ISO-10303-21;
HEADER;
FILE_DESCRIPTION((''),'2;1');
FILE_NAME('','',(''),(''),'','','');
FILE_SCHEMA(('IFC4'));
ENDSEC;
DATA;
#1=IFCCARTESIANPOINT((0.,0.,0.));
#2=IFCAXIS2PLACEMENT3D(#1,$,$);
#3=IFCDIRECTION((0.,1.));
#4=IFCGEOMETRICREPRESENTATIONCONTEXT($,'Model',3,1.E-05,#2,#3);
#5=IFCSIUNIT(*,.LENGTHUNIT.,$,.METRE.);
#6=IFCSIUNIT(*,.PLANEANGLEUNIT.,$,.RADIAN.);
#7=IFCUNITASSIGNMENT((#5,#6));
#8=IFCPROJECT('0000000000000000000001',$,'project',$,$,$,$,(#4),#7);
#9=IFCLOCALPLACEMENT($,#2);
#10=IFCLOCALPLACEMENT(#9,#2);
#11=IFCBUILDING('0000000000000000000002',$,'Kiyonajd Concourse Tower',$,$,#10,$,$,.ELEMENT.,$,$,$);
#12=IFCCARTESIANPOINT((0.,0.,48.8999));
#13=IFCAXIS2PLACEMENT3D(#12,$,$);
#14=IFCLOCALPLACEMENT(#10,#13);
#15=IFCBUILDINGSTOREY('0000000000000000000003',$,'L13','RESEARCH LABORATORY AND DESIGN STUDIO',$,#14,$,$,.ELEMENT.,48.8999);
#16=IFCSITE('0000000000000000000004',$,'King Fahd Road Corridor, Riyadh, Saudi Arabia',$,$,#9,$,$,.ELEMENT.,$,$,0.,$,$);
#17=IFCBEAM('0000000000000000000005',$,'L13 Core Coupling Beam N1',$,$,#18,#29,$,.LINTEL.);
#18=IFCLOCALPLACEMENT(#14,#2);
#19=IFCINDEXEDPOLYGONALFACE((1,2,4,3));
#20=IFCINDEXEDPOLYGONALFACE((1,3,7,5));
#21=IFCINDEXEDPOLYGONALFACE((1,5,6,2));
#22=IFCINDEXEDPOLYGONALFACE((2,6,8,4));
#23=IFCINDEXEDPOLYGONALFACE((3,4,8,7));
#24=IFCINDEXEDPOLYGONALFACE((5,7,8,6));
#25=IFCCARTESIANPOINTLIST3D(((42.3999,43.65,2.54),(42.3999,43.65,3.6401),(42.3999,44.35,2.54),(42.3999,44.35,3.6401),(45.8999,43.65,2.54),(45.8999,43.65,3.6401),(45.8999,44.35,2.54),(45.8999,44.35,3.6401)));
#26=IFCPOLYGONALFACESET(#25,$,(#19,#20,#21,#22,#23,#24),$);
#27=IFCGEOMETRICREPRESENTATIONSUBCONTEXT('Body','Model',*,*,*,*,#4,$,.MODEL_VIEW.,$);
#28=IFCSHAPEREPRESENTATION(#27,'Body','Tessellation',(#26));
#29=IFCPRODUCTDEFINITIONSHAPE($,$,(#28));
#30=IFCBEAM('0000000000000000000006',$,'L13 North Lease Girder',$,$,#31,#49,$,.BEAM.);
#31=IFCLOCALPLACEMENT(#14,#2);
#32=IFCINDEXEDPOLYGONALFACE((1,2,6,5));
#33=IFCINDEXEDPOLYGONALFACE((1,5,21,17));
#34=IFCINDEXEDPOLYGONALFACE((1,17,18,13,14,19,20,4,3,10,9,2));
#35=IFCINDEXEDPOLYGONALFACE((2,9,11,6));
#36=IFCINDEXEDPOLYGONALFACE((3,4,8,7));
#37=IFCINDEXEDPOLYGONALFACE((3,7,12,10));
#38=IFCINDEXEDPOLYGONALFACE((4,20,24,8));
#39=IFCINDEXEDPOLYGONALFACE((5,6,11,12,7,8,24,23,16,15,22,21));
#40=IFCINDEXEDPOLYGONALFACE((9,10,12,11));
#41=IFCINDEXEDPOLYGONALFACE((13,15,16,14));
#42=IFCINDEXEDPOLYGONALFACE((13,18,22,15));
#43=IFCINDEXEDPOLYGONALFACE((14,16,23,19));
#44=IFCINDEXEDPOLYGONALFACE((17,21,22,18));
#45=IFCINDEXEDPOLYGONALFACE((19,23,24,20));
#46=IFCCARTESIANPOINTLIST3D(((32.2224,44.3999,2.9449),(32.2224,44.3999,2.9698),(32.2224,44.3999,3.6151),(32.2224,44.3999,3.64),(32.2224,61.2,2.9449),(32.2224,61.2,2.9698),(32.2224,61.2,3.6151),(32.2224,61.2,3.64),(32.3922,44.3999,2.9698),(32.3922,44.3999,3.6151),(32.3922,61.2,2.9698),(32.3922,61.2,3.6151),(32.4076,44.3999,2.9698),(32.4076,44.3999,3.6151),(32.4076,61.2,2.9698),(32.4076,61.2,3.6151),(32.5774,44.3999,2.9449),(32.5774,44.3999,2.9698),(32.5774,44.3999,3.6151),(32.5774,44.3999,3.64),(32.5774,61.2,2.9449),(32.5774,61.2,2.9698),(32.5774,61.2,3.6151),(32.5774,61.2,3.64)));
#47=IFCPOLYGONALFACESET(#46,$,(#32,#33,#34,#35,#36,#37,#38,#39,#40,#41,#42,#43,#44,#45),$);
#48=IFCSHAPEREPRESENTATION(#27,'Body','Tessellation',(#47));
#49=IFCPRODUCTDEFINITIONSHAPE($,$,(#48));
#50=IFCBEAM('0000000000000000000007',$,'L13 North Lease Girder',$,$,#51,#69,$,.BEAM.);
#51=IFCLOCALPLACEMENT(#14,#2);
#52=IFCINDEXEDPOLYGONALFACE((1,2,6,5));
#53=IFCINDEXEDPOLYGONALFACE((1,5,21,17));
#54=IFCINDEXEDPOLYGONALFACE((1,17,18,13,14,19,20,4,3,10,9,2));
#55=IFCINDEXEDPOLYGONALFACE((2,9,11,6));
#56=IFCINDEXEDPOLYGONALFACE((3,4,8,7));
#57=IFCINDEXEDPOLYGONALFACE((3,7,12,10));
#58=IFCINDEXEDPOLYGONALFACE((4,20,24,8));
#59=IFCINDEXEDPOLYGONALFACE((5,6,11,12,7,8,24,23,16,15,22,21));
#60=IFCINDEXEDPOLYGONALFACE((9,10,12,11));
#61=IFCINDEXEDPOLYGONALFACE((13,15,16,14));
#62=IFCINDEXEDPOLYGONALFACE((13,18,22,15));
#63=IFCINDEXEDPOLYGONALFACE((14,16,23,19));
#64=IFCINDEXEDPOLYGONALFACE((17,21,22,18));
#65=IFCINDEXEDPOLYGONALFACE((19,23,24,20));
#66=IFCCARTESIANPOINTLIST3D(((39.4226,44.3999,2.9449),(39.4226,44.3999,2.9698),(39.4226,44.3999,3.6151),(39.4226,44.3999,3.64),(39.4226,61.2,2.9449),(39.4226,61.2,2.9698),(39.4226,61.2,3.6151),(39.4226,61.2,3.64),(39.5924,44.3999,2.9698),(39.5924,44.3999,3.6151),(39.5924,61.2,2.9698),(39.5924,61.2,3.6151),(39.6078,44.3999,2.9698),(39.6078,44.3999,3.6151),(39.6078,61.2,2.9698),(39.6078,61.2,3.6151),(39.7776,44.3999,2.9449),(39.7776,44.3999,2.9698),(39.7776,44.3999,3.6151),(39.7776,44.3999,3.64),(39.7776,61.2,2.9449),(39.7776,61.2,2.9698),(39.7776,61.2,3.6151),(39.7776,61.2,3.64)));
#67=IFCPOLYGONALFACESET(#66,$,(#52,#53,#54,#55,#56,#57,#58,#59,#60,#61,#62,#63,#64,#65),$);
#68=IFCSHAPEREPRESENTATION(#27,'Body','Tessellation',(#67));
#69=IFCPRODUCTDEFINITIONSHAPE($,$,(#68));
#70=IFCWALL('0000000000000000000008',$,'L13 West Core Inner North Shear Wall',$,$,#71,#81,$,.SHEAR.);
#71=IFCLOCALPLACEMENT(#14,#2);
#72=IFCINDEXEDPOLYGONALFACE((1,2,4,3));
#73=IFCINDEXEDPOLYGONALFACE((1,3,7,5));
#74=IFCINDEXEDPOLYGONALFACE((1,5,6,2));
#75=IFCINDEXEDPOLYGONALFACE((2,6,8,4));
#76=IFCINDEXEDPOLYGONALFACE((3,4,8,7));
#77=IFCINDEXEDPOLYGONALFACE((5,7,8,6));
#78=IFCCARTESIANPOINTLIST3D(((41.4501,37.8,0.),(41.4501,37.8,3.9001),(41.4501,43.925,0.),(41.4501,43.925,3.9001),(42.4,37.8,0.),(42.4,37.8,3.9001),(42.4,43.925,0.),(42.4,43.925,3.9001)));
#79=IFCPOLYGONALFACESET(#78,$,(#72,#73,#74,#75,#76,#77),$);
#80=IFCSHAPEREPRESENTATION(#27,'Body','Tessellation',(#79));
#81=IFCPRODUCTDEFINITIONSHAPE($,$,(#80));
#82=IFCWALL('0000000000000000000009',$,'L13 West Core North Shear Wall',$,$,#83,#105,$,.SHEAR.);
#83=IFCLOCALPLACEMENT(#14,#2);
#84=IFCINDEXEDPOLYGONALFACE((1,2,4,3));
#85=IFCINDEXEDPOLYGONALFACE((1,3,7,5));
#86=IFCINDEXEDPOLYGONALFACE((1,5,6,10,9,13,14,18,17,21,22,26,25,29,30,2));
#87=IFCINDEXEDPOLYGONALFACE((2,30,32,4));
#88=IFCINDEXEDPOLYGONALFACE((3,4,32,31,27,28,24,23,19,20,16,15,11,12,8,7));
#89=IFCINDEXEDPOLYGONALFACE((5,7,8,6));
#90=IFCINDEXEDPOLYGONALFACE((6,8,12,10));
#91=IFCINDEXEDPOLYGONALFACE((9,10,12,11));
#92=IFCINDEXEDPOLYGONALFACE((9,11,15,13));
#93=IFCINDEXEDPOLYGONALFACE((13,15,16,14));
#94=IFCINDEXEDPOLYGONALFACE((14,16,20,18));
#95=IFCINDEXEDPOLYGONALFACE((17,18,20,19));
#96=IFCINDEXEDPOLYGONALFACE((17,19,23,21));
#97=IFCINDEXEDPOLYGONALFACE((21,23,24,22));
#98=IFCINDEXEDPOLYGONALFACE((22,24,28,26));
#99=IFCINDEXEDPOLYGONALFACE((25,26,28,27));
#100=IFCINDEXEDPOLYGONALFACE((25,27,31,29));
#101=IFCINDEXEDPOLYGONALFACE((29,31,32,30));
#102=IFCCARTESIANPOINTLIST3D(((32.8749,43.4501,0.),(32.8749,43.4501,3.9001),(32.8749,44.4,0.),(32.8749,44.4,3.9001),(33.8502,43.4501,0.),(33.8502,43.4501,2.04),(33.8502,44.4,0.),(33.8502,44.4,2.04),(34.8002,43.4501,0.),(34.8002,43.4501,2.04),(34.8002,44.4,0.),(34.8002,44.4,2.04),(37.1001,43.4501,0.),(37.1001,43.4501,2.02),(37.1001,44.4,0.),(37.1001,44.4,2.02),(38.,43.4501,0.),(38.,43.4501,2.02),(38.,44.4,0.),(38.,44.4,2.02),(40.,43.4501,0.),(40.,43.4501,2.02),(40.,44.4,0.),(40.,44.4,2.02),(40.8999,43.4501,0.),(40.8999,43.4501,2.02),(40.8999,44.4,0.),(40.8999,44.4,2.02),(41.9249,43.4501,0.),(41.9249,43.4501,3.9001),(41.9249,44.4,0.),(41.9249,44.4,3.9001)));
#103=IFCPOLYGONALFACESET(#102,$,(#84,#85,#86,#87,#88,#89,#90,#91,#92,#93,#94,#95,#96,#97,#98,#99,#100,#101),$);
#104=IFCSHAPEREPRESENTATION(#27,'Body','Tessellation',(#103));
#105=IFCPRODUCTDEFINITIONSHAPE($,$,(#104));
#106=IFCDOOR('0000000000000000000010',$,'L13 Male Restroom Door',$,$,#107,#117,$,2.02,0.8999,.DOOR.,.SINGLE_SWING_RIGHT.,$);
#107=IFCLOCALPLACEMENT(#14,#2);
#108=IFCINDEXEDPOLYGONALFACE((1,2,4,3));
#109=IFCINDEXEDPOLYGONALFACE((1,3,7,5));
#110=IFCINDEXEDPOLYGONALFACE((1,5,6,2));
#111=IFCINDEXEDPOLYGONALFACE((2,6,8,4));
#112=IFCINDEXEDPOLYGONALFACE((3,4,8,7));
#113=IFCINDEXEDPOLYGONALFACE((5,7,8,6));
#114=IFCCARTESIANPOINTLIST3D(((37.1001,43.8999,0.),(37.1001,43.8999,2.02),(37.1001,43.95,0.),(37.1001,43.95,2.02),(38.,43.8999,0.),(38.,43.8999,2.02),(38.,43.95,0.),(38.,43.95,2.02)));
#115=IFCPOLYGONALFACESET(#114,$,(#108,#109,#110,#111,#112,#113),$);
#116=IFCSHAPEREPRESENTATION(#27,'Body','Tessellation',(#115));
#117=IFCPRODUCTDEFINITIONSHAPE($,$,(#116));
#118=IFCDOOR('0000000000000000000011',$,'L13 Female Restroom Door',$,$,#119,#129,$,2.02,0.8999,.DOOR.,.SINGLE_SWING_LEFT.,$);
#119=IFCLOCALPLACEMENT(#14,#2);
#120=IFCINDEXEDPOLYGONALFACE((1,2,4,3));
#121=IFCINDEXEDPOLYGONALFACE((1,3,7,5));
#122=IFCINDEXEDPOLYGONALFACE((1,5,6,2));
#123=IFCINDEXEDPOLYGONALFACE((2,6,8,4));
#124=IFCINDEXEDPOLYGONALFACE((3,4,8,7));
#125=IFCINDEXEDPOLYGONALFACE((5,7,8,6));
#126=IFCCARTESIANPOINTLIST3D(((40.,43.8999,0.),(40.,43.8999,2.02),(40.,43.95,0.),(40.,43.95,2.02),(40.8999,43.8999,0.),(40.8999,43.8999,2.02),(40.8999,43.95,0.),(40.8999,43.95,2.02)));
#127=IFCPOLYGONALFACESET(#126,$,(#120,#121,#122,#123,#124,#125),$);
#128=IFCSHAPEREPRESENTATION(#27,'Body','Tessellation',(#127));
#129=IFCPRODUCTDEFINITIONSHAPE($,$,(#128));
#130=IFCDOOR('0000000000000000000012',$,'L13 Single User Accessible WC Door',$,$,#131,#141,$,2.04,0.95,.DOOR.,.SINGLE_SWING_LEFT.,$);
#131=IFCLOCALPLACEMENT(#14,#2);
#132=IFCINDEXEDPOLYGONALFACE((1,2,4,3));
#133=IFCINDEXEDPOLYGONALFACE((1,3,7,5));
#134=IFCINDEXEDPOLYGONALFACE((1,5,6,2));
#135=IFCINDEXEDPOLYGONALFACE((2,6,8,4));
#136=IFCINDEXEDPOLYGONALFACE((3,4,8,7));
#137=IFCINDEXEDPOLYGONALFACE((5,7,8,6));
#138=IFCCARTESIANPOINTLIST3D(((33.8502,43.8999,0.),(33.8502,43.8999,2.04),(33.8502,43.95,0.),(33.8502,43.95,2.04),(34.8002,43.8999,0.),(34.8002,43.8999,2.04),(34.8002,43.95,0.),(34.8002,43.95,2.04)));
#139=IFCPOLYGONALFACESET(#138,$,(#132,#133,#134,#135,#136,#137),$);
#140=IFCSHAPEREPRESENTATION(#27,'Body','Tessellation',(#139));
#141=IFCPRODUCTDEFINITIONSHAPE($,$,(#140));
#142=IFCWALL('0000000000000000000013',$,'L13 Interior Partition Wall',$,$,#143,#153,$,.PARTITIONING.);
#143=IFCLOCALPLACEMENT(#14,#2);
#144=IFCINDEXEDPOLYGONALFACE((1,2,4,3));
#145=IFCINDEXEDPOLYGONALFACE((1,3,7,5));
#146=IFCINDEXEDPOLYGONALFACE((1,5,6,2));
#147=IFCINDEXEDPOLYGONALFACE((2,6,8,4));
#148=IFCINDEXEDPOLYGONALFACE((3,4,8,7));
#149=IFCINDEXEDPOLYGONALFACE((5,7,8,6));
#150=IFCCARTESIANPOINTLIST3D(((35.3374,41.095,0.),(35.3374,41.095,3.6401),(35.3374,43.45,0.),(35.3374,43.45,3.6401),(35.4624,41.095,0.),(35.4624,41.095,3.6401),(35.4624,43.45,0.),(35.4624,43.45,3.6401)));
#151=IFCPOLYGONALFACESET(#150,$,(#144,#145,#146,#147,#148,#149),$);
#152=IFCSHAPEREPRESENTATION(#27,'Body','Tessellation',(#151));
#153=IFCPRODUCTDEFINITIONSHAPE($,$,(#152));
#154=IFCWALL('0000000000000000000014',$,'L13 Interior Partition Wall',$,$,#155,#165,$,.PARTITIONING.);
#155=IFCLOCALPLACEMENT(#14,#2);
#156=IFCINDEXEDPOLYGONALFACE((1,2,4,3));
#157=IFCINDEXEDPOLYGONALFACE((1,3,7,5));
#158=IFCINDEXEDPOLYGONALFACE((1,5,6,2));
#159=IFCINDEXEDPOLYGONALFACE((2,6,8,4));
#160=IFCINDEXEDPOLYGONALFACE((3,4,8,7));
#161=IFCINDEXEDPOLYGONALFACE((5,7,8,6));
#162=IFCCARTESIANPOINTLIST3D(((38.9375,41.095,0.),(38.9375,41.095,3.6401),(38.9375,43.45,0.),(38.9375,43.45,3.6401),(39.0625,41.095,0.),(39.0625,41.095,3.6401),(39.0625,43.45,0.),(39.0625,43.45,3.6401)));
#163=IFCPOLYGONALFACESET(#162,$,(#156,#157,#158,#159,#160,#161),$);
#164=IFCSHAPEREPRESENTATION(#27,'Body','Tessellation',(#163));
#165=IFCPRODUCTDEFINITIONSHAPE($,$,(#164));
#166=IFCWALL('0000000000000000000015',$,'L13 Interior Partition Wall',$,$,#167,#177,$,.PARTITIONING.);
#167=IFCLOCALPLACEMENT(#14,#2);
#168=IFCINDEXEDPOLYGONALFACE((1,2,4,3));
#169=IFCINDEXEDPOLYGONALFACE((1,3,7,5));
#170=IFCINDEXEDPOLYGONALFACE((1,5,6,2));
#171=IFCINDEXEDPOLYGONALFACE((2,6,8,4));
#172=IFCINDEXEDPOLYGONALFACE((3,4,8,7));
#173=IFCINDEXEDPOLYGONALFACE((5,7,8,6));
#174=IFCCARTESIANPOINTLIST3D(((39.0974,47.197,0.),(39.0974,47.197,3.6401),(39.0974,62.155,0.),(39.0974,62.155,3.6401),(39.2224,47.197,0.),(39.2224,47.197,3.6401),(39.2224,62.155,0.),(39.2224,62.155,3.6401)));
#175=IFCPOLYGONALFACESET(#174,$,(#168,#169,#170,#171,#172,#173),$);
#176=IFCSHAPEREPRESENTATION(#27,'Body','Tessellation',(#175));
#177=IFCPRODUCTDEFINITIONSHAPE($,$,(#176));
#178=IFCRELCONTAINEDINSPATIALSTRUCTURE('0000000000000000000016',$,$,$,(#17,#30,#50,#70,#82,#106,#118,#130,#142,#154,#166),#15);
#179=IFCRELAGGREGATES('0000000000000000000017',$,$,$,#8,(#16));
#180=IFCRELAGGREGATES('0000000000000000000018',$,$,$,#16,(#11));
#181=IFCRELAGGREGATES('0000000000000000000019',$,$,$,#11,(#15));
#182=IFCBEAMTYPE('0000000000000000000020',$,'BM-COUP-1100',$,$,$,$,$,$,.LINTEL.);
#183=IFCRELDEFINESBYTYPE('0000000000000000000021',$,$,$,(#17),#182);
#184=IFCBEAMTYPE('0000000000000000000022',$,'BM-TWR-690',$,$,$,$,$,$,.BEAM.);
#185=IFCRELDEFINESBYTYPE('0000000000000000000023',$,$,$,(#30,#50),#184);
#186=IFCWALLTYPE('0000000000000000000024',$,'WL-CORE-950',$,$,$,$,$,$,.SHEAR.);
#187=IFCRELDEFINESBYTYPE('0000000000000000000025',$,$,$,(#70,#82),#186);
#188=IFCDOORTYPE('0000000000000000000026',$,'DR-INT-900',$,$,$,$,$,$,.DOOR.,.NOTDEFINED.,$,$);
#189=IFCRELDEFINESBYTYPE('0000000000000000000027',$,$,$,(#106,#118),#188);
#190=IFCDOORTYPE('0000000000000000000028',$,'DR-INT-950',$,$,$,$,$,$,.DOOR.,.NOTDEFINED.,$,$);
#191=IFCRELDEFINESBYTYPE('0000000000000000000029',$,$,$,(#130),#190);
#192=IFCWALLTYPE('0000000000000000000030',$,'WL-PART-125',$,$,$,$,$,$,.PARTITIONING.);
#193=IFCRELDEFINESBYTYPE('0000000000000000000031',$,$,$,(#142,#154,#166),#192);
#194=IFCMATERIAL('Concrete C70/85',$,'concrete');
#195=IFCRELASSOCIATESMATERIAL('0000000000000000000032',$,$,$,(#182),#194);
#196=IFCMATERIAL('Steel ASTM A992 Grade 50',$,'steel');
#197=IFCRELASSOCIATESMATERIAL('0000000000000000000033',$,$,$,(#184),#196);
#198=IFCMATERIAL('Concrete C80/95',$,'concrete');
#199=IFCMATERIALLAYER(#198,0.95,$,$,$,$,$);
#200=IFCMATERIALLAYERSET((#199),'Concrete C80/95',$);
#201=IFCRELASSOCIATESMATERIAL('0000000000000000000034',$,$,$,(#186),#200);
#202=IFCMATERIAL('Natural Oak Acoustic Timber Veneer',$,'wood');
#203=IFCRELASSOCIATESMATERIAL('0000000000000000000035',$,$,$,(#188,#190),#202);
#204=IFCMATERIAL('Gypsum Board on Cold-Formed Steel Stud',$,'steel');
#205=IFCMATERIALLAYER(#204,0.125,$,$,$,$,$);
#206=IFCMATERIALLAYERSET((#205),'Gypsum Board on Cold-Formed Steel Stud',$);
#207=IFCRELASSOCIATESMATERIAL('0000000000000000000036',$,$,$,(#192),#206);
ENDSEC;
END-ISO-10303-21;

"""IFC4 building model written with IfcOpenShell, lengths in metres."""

from ifc_helpers import new_model, si_unit, direction, frame, frame_2d, origin, origin_2d, place, context, subcontext, project, spatial, rectangle, i_section, extrude, material, layer, layer_set, material_profile, profile_set, type_object, element, fill, save


model = new_model("IFC4")

# Units and contexts
model_context = context("Model", 3, precision=1e-05, world=origin(), true_north=direction((0.0, 1.0)))
body_context = subcontext(model_context, "Body", "Model", "MODEL_VIEW")
ifc_project = project(units=[si_unit("LENGTHUNIT", "METRE"), si_unit("PLANEANGLEUNIT", "RADIAN")], contexts=[model_context])

# Site, building, storey
site_placement = place(None, origin())
site = spatial("IfcSite", under=ifc_project, at=site_placement, Name="King Fahd Road Corridor, Riyadh, Saudi Arabia", CompositionType="ELEMENT", RefElevation=0.0)
building_placement = place(site_placement, origin())
building = spatial("IfcBuilding", under=site, at=building_placement, Name="Kiyonajd Concourse Tower", CompositionType="ELEMENT")
storey_placement = place(building_placement, frame((0.0, 0.0, 48.8999)))
storey = spatial("IfcBuildingStorey", under=building, at=storey_placement, Name="L13", Description="RESEARCH LABORATORY AND DESIGN STUDIO", CompositionType="ELEMENT", Elevation=48.8999)

# Beams
ifc_material_1 = material(Name="Concrete C70/85", Category="concrete")
ifc_material_profile_1 = material_profile(ifc_material_1, rectangle(XDim=0.7, YDim=1.1001, at=origin_2d()), Name="RCBM-700x1100")
ifc_profile_set_1 = profile_set([ifc_material_profile_1], Name="Concrete C70/85")
beam_type_1 = type_object("IfcBeamType", Name="BM-COUP-1100", PredefinedType="LINTEL", material=ifc_profile_set_1)
beam_placement = place(storey_placement, frame((42.3999, 44.0, 3.0901), z_axis=(1.0, 0.0, 0.0), x_axis=(0.0, 1.0, 0.0)))
element("IfcBeam", 1, at=beam_placement, inside=storey, type_object=beam_type_1, Name="L13 Core Coupling Beam N1", PredefinedType="LINTEL", context=body_context, shape_type="SweptSolid", body=[
    extrude(rectangle(XDim=0.7, YDim=1.1001, at=origin_2d()), origin(), (0.0, 0.0, 1.0), 3.5),
])
ifc_material_2 = material(Name="Steel ASTM A992 Grade 50", Category="steel")
ifc_material_profile_2 = material_profile(ifc_material_2, i_section(OverallWidth=0.355, OverallDepth=0.6951, WebThickness=0.0154, FlangeThickness=0.0249, at=origin_2d()), Name="W690X217")
ifc_profile_set_2 = profile_set([ifc_material_profile_2], Name="Steel ASTM A992 Grade 50")
beam_type_2 = type_object("IfcBeamType", Name="BM-TWR-690", PredefinedType="BEAM", material=ifc_profile_set_2)
for number, where, z_axis, x_axis, name in (
    (2, (32.3999, 44.3999, 3.2925), (0.0, 1.0, 0.0), (-1.0, 0.0, 0.0), "L13 North Lease Girder"),
    (3, (39.6001, 44.3999, 3.2925), (0.0, 1.0, 0.0), (-1.0, 0.0, 0.0), "L13 North Lease Girder"),
):
    element("IfcBeam", number, at=place(storey_placement, frame(where, z_axis=z_axis, x_axis=x_axis)), inside=storey, type_object=beam_type_2, Name=name, PredefinedType="BEAM", context=body_context, shape_type="SweptSolid", body=[
        extrude(i_section(OverallWidth=0.355, OverallDepth=0.6951, WebThickness=0.0154, FlangeThickness=0.0249, at=origin_2d()), origin(), (0.0, 0.0, 1.0), 16.8),
    ])

# Wall
ifc_material_3 = material(Name="Concrete C80/95", Category="concrete")
ifc_layer_1 = layer(ifc_material_3, 0.95)
ifc_layer_set_1 = layer_set([ifc_layer_1], Name="Concrete C80/95")
wall_type_1 = type_object("IfcWallType", Name="WL-CORE-950", PredefinedType="SHEAR", material=ifc_layer_set_1)
wall_1_placement = place(storey_placement, frame((41.925, 37.8, 0.0), z_axis=(0.0, 0.0, 1.0), x_axis=(0.0, 1.0, 0.0)))
element("IfcWall", 4, at=wall_1_placement, inside=storey, type_object=wall_type_1, Name="L13 West Core Inner North Shear Wall", PredefinedType="SHEAR", context=body_context, shape_type="SweptSolid", body=[
    extrude(rectangle(XDim=6.125, YDim=0.95, at=frame_2d((3.0625, 0.0))), origin(), (0.0, 0.0, 1.0), 3.9001),
])

# Wall, openings, doors
wall_2_placement = place(storey_placement, frame((32.875, 43.925, 0.0), z_axis=(0.0, 0.0, 1.0), x_axis=(1.0, 0.0, 0.0)))
wall_2 = element("IfcWall", 5, at=wall_2_placement, inside=storey, type_object=wall_type_1, Name="L13 West Core North Shear Wall", PredefinedType="SHEAR", context=body_context, shape_type="SweptSolid", body=[
    extrude(rectangle(XDim=9.05, YDim=0.95, at=frame_2d((4.5249, 0.0))), origin(), (0.0, 0.0, 1.0), 3.9001),
])
opening_1_placement = place(wall_2_placement, frame((0.9751, 0.0, 0.0)))
opening_1 = element("IfcOpeningElement", 6, at=opening_1_placement, cuts=wall_2, PredefinedType="OPENING", context=body_context, shape_type="SweptSolid", body=[
    extrude(rectangle(XDim=0.95, YDim=2.04, at=frame_2d((0.4751, 1.02))), frame((0.0, 0.4849, 0.0), z_axis=(0.0, -1.0, 0.0), x_axis=(1.0, 0.0, 0.0)), (0.0, 0.0, 1.0), 0.97),
])
opening_2_placement = place(wall_2_placement, frame((4.2251, 0.0, 0.0)))
opening_2 = element("IfcOpeningElement", 7, at=opening_2_placement, cuts=wall_2, PredefinedType="OPENING", context=body_context, shape_type="SweptSolid", body=[
    extrude(rectangle(XDim=0.8999, YDim=2.02, at=frame_2d((0.45, 1.01))), frame((0.0, 0.4849, 0.0), z_axis=(0.0, -1.0, 0.0), x_axis=(1.0, 0.0, 0.0)), (0.0, 0.0, 1.0), 0.97),
])
opening_3_placement = place(wall_2_placement, frame((7.125, 0.0, 0.0)))
opening_3 = element("IfcOpeningElement", 8, at=opening_3_placement, cuts=wall_2, PredefinedType="OPENING", context=body_context, shape_type="SweptSolid", body=[
    extrude(rectangle(XDim=0.8999, YDim=2.02, at=frame_2d((0.45, 1.01))), frame((0.0, 0.4849, 0.0), z_axis=(0.0, -1.0, 0.0), x_axis=(1.0, 0.0, 0.0)), (0.0, 0.0, 1.0), 0.97),
])
ifc_material_4 = material(Name="Natural Oak Acoustic Timber Veneer", Category="wood")
door_type_1 = type_object("IfcDoorType", Name="DR-INT-900", OperationType="NOTDEFINED", PredefinedType="DOOR", material=ifc_material_4)
door_1_placement = place(opening_2_placement, origin())
door_1 = element("IfcDoor", 9, at=door_1_placement, inside=storey, type_object=door_type_1, Name="L13 Male Restroom Door", OperationType="SINGLE_SWING_RIGHT", OverallHeight=2.02, OverallWidth=0.8999, PredefinedType="DOOR", context=body_context, shape_type="SweptSolid", body=[
    extrude(rectangle(XDim=0.8999, YDim=2.02, at=frame_2d((0.45, 1.01))), frame((0.0, 0.0249, 0.0), z_axis=(0.0, -1.0, 0.0), x_axis=(1.0, 0.0, 0.0)), (0.0, 0.0, 1.0), 0.05),
])
fill(opening_2, door_1)
door_2_placement = place(opening_3_placement, origin())
door_2 = element("IfcDoor", 10, at=door_2_placement, inside=storey, type_object=door_type_1, Name="L13 Female Restroom Door", OperationType="SINGLE_SWING_LEFT", OverallHeight=2.02, OverallWidth=0.8999, PredefinedType="DOOR", context=body_context, shape_type="SweptSolid", body=[
    extrude(rectangle(XDim=0.8999, YDim=2.02, at=frame_2d((0.45, 1.01))), frame((0.0, 0.0249, 0.0), z_axis=(0.0, -1.0, 0.0), x_axis=(1.0, 0.0, 0.0)), (0.0, 0.0, 1.0), 0.05),
])
fill(opening_3, door_2)
door_type_2 = type_object("IfcDoorType", Name="DR-INT-950", OperationType="NOTDEFINED", PredefinedType="DOOR", material=ifc_material_4)
door_3_placement = place(opening_1_placement, origin())
door_3 = element("IfcDoor", 11, at=door_3_placement, inside=storey, type_object=door_type_2, Name="L13 Single User Accessible WC Door", OperationType="SINGLE_SWING_LEFT", OverallHeight=2.04, OverallWidth=0.95, PredefinedType="DOOR", context=body_context, shape_type="SweptSolid", body=[
    extrude(rectangle(XDim=0.95, YDim=2.04, at=frame_2d((0.4751, 1.02))), frame((0.0, 0.0249, 0.0), z_axis=(0.0, -1.0, 0.0), x_axis=(1.0, 0.0, 0.0)), (0.0, 0.0, 1.0), 0.05),
])
fill(opening_1, door_3)

# Walls
ifc_material_5 = material(Name="Gypsum Board on Cold-Formed Steel Stud", Category="steel")
ifc_layer_2 = layer(ifc_material_5, 0.125)
ifc_layer_set_2 = layer_set([ifc_layer_2], Name="Gypsum Board on Cold-Formed Steel Stud")
wall_type_2 = type_object("IfcWallType", Name="WL-PART-125", PredefinedType="PARTITIONING", material=ifc_layer_set_2)
for number, where, z_axis, x_axis, name in (
    (12, (35.3999, 41.095, 0.0), (0.0, 0.0, 1.0), (0.0, 1.0, 0.0), "L13 Interior Partition Wall"),
    (13, (39.0, 41.095, 0.0), (0.0, 0.0, 1.0), (0.0, 1.0, 0.0), "L13 Interior Partition Wall"),
):
    element("IfcWall", number, at=place(storey_placement, frame(where, z_axis=z_axis, x_axis=x_axis)), inside=storey, type_object=wall_type_2, Name=name, PredefinedType="PARTITIONING", context=body_context, shape_type="SweptSolid", body=[
        extrude(rectangle(XDim=2.355, YDim=0.125, at=frame_2d((1.1775, 0.0))), origin(), (0.0, 0.0, 1.0), 3.6401),
    ])
wall_3_placement = place(storey_placement, frame((39.1599, 47.197, 0.0), z_axis=(0.0, 0.0, 1.0), x_axis=(0.0, 1.0, 0.0)))
element("IfcWall", 14, at=wall_3_placement, inside=storey, type_object=wall_type_2, Name="L13 Interior Partition Wall", PredefinedType="PARTITIONING", context=body_context, shape_type="SweptSolid", body=[
    extrude(rectangle(XDim=14.958, YDim=0.125, at=frame_2d((7.479, 0.0))), origin(), (0.0, 0.0, 1.0), 3.6401),
])

save(model, "model.ifc")
